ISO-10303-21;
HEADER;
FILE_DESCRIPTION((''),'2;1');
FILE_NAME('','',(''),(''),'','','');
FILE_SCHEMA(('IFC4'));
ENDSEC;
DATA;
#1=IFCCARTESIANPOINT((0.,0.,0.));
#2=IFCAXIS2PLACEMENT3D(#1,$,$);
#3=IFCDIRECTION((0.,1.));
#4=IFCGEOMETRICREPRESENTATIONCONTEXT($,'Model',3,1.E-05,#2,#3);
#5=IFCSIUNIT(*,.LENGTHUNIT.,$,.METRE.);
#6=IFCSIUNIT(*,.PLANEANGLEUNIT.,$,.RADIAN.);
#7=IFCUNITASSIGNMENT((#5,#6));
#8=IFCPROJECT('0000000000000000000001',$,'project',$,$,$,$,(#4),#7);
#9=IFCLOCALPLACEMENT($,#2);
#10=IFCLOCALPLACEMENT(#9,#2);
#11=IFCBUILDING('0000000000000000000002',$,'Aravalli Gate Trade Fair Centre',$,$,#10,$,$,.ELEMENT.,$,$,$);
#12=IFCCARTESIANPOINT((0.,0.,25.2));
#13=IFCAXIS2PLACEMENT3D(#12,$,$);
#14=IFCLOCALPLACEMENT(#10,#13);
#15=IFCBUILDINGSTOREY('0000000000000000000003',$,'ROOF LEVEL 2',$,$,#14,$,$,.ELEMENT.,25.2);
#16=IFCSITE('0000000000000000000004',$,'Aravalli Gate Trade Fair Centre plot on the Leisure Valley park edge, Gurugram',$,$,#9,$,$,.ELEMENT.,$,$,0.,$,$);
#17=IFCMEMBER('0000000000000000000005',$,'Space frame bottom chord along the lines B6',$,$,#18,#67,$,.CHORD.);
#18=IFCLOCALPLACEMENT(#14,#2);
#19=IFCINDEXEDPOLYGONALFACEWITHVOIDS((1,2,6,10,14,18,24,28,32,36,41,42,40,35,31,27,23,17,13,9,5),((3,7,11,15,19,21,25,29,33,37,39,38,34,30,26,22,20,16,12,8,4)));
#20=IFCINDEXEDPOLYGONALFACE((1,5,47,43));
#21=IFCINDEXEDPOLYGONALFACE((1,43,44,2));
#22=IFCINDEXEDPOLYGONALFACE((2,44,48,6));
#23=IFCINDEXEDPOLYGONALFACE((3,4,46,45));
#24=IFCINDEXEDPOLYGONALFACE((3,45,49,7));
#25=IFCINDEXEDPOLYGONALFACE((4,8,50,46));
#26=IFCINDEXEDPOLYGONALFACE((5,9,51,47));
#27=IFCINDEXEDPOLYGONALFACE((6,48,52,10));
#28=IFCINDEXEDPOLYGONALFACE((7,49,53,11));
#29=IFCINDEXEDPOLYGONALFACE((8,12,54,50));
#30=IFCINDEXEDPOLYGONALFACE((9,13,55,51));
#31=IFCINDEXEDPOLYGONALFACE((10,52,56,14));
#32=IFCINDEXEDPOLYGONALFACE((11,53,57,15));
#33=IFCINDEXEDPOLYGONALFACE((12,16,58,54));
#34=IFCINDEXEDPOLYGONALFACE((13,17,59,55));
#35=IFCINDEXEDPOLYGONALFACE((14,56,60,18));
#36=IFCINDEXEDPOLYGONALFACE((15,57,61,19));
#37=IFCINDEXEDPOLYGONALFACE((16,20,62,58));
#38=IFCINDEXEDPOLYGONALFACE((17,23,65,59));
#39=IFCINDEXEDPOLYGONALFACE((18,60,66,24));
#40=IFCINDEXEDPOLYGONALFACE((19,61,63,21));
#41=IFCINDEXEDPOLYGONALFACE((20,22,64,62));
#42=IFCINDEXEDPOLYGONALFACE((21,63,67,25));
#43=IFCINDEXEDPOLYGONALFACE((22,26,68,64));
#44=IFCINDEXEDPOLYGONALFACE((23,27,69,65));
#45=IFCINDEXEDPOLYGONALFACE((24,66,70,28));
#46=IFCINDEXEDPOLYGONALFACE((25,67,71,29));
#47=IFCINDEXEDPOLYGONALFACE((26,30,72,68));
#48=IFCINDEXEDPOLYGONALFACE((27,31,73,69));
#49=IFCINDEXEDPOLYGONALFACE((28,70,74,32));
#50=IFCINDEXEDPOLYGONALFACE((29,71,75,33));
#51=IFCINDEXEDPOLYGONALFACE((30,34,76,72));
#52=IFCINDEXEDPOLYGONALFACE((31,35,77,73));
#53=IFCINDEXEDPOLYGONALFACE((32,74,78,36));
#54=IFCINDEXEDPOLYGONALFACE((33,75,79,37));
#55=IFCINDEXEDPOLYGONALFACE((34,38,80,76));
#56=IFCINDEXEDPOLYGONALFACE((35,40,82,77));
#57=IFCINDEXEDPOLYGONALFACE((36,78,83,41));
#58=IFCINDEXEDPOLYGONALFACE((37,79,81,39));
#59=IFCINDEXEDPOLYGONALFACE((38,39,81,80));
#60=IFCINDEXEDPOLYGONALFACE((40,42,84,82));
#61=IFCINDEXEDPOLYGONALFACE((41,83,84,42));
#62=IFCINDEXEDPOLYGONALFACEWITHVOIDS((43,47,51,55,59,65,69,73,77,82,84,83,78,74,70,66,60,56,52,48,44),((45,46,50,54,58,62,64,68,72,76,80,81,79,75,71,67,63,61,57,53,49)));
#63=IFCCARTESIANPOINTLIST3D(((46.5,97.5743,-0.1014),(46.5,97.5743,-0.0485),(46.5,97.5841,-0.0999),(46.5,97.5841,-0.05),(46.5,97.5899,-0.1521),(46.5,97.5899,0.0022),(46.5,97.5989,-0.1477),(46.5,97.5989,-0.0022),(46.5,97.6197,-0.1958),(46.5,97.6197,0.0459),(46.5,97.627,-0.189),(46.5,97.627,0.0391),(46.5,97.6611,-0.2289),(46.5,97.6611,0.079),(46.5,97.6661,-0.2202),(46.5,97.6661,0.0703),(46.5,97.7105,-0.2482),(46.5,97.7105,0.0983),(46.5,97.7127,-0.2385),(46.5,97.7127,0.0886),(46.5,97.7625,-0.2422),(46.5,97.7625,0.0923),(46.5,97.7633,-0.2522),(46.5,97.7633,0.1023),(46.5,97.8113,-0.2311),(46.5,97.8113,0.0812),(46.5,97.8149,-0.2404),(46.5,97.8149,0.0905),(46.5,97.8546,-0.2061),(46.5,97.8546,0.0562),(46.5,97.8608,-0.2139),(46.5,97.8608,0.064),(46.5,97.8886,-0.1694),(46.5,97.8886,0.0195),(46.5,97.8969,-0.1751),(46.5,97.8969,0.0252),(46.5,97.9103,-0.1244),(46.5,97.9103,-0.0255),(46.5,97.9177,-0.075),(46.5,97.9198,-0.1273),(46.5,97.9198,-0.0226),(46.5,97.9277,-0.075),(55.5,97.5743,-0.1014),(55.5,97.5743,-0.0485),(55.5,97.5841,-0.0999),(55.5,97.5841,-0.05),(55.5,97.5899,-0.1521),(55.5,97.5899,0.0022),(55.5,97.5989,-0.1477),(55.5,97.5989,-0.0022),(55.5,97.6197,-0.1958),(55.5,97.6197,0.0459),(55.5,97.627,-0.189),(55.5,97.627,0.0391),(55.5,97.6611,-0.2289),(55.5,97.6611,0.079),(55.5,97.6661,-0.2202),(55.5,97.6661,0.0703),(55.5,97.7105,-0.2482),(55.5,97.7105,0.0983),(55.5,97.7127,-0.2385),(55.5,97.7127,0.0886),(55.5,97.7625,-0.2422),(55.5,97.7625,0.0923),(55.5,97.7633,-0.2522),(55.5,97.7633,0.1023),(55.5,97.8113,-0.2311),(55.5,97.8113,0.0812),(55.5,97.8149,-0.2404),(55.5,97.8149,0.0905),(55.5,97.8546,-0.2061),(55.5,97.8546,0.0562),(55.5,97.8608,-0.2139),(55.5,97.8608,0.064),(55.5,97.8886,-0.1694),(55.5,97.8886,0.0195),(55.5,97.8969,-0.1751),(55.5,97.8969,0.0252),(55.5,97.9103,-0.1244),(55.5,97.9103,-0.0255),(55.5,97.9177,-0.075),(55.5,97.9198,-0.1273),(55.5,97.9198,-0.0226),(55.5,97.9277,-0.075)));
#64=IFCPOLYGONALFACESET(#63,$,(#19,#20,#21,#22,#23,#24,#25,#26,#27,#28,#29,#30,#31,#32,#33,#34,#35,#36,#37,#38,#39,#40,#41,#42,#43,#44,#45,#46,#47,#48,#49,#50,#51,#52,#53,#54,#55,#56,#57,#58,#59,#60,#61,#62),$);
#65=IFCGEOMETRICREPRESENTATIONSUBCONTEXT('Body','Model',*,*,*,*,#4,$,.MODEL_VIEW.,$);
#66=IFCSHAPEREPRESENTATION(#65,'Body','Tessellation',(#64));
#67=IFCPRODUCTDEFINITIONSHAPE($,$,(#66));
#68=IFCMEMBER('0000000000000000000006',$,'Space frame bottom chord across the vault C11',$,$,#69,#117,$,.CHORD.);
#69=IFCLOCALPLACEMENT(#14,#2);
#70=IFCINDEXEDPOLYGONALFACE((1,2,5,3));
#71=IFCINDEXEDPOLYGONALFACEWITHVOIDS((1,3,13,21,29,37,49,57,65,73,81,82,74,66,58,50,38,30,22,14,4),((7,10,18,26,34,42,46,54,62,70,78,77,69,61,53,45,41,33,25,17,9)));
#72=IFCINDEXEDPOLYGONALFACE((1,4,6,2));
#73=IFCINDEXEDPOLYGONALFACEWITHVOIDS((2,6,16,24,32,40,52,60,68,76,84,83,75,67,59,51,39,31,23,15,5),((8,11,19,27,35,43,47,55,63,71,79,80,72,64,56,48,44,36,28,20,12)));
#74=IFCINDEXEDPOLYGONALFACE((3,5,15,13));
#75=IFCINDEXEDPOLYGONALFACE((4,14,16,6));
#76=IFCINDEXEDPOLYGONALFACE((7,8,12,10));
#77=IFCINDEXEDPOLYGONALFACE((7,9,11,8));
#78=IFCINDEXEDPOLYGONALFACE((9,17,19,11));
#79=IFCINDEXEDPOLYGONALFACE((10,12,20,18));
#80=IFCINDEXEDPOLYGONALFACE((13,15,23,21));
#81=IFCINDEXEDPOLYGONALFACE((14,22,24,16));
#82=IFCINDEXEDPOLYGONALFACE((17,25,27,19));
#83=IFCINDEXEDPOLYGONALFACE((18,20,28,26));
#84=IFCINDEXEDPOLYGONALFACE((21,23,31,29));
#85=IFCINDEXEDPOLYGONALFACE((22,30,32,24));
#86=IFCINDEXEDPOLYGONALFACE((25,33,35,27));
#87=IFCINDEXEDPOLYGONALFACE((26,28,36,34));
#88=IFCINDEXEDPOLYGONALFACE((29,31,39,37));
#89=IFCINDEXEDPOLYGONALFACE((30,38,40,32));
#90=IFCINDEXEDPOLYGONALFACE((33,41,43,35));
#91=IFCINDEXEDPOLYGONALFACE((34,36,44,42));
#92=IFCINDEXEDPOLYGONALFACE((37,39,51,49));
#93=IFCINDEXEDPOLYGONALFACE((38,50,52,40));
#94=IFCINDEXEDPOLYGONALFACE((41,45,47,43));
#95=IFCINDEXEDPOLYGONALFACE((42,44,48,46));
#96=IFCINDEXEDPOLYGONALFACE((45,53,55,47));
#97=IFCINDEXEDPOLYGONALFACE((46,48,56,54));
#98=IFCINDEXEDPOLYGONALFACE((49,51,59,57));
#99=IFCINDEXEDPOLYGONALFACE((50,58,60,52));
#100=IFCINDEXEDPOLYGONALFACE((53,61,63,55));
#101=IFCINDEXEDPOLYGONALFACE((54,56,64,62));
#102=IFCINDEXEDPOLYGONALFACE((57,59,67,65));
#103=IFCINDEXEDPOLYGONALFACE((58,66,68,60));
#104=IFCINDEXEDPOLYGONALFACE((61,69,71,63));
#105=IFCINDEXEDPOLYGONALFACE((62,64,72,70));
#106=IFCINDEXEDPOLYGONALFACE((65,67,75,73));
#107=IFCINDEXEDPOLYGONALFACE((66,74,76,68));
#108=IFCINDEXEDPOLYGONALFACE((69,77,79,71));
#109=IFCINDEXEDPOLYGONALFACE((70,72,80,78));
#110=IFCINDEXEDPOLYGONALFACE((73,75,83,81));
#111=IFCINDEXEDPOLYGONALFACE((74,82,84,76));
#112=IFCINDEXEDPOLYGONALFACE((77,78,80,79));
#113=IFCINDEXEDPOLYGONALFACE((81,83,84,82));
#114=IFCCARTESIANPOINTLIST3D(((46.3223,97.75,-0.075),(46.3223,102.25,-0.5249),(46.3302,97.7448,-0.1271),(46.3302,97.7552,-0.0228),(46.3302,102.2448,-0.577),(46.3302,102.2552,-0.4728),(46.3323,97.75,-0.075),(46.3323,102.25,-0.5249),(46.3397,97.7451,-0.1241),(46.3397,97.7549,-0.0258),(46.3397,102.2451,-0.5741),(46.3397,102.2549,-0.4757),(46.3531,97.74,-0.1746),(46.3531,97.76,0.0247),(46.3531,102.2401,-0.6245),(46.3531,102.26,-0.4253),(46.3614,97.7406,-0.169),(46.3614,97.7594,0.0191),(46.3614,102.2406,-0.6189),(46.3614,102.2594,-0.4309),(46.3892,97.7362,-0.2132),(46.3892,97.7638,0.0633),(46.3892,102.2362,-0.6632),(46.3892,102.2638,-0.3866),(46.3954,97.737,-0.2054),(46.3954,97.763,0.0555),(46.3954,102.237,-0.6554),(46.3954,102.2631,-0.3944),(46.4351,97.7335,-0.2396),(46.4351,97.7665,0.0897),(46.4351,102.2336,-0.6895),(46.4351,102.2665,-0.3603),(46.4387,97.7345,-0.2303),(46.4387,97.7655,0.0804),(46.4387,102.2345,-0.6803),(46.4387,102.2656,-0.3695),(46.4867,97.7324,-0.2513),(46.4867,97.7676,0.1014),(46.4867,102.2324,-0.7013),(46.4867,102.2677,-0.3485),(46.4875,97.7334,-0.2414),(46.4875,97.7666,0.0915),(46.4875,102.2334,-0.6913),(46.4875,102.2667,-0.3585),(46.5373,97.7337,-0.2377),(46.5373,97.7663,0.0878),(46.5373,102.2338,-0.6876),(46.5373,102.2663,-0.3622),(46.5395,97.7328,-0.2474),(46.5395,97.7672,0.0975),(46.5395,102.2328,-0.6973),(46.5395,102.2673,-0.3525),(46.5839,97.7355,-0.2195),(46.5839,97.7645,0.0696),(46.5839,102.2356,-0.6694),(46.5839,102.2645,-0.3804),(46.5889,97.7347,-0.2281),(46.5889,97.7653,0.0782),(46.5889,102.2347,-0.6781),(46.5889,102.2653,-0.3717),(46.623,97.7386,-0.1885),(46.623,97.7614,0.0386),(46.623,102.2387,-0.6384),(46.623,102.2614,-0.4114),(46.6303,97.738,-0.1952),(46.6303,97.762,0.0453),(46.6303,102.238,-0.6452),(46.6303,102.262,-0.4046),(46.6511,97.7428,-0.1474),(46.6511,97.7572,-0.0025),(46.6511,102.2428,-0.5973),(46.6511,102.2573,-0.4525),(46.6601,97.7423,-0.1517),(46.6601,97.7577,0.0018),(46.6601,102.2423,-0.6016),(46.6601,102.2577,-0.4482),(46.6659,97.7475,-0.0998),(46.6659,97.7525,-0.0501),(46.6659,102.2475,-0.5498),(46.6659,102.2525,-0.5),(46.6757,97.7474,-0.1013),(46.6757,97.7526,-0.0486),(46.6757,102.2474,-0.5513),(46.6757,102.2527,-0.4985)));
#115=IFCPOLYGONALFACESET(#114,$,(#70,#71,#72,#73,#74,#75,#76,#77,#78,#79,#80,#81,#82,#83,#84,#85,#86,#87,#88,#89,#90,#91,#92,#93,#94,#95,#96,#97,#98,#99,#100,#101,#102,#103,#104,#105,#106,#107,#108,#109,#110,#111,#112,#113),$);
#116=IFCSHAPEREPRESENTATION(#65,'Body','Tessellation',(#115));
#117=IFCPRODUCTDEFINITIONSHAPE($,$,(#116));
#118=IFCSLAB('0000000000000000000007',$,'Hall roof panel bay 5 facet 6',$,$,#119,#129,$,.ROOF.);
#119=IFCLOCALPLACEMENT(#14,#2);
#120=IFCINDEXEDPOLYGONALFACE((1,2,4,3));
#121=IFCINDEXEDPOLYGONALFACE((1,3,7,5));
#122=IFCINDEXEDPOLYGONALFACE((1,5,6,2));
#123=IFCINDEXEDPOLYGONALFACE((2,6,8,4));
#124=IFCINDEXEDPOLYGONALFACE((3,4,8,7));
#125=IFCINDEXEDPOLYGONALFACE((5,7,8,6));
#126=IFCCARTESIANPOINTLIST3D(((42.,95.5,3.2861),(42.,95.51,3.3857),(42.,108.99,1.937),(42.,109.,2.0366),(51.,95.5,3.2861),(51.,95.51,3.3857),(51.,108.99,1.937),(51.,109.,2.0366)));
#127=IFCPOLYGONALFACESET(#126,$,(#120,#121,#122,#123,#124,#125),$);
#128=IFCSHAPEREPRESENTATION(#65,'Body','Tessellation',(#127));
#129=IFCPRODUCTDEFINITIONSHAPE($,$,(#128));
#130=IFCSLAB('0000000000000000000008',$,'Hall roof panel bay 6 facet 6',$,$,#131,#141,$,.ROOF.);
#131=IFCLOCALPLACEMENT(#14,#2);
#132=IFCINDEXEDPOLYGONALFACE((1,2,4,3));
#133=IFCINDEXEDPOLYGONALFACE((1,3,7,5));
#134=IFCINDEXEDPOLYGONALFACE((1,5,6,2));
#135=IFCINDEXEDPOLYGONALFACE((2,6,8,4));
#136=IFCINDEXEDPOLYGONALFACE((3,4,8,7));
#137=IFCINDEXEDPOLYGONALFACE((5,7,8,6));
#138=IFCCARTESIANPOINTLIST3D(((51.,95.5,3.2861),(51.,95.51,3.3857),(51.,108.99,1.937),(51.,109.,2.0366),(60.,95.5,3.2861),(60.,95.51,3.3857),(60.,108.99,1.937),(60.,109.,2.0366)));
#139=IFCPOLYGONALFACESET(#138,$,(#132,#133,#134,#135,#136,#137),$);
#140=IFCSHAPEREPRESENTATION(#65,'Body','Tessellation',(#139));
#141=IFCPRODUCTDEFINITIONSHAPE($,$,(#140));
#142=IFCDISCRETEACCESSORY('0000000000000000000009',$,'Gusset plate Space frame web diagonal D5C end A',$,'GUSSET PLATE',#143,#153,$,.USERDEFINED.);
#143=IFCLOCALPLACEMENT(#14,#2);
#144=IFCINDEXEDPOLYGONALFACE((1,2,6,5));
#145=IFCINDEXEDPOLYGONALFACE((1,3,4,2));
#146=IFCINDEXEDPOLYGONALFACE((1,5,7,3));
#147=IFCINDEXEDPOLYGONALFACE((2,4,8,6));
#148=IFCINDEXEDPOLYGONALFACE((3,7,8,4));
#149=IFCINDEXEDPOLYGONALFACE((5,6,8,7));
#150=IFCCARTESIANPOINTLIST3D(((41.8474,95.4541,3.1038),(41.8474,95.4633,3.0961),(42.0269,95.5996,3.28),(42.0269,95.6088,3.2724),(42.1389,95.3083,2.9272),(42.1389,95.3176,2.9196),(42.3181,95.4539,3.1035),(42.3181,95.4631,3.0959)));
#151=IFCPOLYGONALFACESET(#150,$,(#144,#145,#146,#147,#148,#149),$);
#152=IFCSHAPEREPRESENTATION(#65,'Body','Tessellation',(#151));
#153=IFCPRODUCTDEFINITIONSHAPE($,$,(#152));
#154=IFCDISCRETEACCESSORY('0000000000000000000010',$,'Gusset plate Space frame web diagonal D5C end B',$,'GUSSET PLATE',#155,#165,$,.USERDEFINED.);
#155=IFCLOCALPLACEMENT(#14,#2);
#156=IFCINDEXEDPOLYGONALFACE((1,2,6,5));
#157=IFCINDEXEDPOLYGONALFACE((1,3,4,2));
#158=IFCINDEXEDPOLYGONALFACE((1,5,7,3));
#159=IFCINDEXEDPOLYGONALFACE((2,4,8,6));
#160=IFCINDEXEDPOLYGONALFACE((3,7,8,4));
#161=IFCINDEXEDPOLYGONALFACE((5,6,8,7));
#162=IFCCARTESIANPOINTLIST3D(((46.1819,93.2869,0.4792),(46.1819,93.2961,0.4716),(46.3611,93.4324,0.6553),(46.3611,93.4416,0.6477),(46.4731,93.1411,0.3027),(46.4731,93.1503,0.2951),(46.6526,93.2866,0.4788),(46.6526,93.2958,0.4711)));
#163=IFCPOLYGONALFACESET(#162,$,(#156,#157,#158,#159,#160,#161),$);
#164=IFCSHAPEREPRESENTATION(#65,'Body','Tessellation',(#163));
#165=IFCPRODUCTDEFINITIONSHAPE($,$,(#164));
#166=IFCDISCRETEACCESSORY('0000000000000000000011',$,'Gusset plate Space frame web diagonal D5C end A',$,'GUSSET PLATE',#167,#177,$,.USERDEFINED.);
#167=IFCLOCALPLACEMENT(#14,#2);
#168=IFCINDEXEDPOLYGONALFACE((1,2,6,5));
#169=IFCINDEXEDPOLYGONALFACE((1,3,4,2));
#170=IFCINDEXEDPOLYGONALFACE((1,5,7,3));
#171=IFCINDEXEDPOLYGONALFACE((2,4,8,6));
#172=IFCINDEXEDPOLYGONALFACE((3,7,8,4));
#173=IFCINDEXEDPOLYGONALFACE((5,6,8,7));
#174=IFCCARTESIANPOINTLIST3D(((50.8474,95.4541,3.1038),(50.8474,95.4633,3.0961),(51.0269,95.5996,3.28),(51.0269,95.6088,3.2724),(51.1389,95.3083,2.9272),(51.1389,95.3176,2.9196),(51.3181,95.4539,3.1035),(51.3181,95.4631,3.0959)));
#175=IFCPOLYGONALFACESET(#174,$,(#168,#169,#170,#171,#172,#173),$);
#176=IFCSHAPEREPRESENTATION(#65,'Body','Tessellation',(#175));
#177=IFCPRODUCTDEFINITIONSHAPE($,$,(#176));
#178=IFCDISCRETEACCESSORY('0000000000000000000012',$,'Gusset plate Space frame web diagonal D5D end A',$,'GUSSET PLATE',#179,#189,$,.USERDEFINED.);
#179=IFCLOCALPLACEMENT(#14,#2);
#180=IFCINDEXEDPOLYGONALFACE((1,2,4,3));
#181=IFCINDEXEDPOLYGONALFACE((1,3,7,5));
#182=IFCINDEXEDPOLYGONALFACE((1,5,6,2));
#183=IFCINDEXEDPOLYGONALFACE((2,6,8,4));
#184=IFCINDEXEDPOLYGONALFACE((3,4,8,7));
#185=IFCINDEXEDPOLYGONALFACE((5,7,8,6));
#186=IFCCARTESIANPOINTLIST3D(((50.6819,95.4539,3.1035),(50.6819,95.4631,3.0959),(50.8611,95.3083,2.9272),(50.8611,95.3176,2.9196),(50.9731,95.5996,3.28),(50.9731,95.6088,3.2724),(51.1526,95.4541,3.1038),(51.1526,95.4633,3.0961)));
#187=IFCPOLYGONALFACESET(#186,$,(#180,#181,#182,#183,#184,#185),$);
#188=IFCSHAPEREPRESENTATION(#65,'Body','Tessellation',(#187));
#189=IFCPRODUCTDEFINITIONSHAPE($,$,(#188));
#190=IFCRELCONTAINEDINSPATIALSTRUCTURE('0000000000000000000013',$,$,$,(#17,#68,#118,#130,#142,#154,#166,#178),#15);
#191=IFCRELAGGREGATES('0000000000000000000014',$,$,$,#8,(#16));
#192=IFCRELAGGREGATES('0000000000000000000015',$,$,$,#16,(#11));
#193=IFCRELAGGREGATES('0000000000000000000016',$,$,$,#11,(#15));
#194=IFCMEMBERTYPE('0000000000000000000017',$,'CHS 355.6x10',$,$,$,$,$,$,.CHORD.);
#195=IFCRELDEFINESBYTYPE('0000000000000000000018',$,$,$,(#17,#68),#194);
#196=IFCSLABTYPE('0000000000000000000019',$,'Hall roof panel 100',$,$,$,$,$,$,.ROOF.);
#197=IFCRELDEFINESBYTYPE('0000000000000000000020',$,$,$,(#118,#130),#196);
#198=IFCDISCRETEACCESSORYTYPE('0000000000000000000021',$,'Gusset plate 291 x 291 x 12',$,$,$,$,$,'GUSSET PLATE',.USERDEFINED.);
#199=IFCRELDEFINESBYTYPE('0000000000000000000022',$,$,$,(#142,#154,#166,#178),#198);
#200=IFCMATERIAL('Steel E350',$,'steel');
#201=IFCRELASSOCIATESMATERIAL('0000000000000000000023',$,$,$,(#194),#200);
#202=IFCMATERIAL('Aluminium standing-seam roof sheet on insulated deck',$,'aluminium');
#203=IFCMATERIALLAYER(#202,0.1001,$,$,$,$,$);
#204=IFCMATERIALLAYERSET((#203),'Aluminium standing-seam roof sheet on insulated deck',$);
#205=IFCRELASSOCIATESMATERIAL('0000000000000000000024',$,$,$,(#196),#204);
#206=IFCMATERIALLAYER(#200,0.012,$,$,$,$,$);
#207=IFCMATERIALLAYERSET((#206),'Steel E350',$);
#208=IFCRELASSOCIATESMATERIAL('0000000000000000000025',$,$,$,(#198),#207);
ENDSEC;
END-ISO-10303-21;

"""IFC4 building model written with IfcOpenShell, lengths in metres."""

from ifc_helpers import new_model, si_unit, direction, frame, origin, origin_2d, place, context, subcontext, project, spatial, polyline, hollow_circle, outline, extrude, material, layer, layer_set, material_profile, profile_set, type_object, element, save


model = new_model("IFC4")

# Units and contexts
model_context = context("Model", 3, precision=1e-05, world=origin(), true_north=direction((0.0, 1.0)))
body_context = subcontext(model_context, "Body", "Model", "MODEL_VIEW")
ifc_project = project(units=[si_unit("LENGTHUNIT", "METRE"), si_unit("PLANEANGLEUNIT", "RADIAN")], contexts=[model_context])

# Site, building, storey
site_placement = place(None, origin())
site = spatial("IfcSite", under=ifc_project, at=site_placement, Name="Aravalli Gate Trade Fair Centre plot on the Leisure Valley park edge, Gurugram", CompositionType="ELEMENT", RefElevation=0.0)
building_placement = place(site_placement, origin())
building = spatial("IfcBuilding", under=site, at=building_placement, Name="Aravalli Gate Trade Fair Centre", CompositionType="ELEMENT")
storey_placement = place(building_placement, frame((0.0, 0.0, 25.2)))
storey = spatial("IfcBuildingStorey", under=building, at=storey_placement, Name="ROOF LEVEL 2", CompositionType="ELEMENT", Elevation=25.2)

# Members
ifc_material_1 = material(Name="Steel E350", Category="steel")
ifc_material_profile_1 = material_profile(ifc_material_1, hollow_circle(Radius=0.1777, WallThickness=0.01, at=origin_2d()), Name="CHS 355.6x10")
ifc_profile_set_1 = profile_set([ifc_material_profile_1], Name="Steel E350")
member_type_1 = type_object("IfcMemberType", Name="CHS 355.6x10", PredefinedType="CHORD", material=ifc_profile_set_1)
member_1_placement = place(storey_placement, frame((46.5, 97.75, -0.075), z_axis=(1.0, 0.0, 0.0), x_axis=(0.0, 1.0, 0.0)))
element("IfcMember", 1, at=member_1_placement, inside=storey, type_object=member_type_1, Name="Space frame bottom chord along the lines B6", PredefinedType="CHORD", context=body_context, shape_type="SweptSolid", body=[
    extrude(hollow_circle(Radius=0.1777, WallThickness=0.01, at=origin_2d()), origin(), (0.0, 0.0, 1.0), 9.0),
])
member_2_placement = place(storey_placement, frame((46.5, 97.75, -0.075), z_axis=(0.0, 0.995038, -0.099493), x_axis=(-1.0, 0.0, 0.0)))
element("IfcMember", 2, at=member_2_placement, inside=storey, type_object=member_type_1, Name="Space frame bottom chord across the vault C11", PredefinedType="CHORD", context=body_context, shape_type="SweptSolid", body=[
    extrude(hollow_circle(Radius=0.1777, WallThickness=0.01, at=origin_2d()), origin(), (0.0, 0.0, 1.0), 4.5225),
])

# Slabs
ifc_material_2 = material(Name="Aluminium standing-seam roof sheet on insulated deck", Category="aluminium")
ifc_layer_1 = layer(ifc_material_2, 0.1001)
ifc_layer_set_1 = layer_set([ifc_layer_1], Name="Aluminium standing-seam roof sheet on insulated deck")
slab_type = type_object("IfcSlabType", Name="Hall roof panel 100", PredefinedType="ROOF", material=ifc_layer_set_1)
for number, where, z_axis, x_axis, name in (
    (3, (42.0, 95.51, 3.3857), (0.0, 0.099513, 0.995036), (1.0, 0.0, 0.0), "Hall roof panel bay 5 facet 6"),
    (4, (51.0, 95.51, 3.3857), (0.0, 0.099513, 0.995036), (1.0, 0.0, 0.0), "Hall roof panel bay 6 facet 6"),
):
    element("IfcSlab", number, at=place(storey_placement, frame(where, z_axis=z_axis, x_axis=x_axis)), inside=storey, type_object=slab_type, Name=name, PredefinedType="ROOF", context=body_context, shape_type="SweptSolid", body=[
        extrude(outline(polyline([(0.0, 0.0), (9.0, 0.0), (9.0, 13.5573), (0.0, 13.5573), (0.0, 0.0)])), origin(), (0.0, 0.0, -1.0), 0.1001),
    ])

# Discrete accessories
ifc_layer_2 = layer(ifc_material_1, 0.012)
ifc_layer_set_2 = layer_set([ifc_layer_2], Name="Steel E350")
discrete_accessory_type_1 = type_object("IfcDiscreteAccessoryType", Name="Gusset plate 291 x 291 x 12", ElementType="GUSSET PLATE", PredefinedType="USERDEFINED", material=ifc_layer_set_2)
discrete_accessory_1_placement = place(storey_placement, frame((42.1389, 95.3083, 2.9272), z_axis=(-0.00007, -0.771155, 0.636648), x_axis=(-0.786484, 0.393242, 0.476238)))
element("IfcDiscreteAccessory", 5, at=discrete_accessory_1_placement, inside=storey, type_object=discrete_accessory_type_1, Name="Gusset plate Space frame web diagonal D5C end A", ObjectType="GUSSET PLATE", PredefinedType="USERDEFINED", context=body_context, shape_type="SweptSolid", body=[
    extrude(outline(polyline([(0.0, 0.0), (0.3706, 0.0), (0.3707, -0.2906), (0.0002, -0.2904), (0.0, 0.0)])), origin(), (0.0, 0.0, -1.0), 0.012),
])
discrete_accessory_2_placement = place(storey_placement, frame((46.1819, 93.2869, 0.4792), z_axis=(0.000261, -0.770887, 0.636972), x_axis=(0.786233, -0.393446, -0.476485)))
element("IfcDiscreteAccessory", 6, at=discrete_accessory_2_placement, inside=storey, type_object=discrete_accessory_type_1, Name="Gusset plate Space frame web diagonal D5C end B", ObjectType="GUSSET PLATE", PredefinedType="USERDEFINED", context=body_context, shape_type="SweptSolid", body=[
    extrude(outline(polyline([(0.0, 0.0), (0.3704, 0.0), (0.3704, 0.2904), (-0.0002, 0.2903), (0.0, 0.0)])), origin(), (0.0, 0.0, -1.0), 0.012),
])
discrete_accessory_3_placement = place(storey_placement, frame((51.1389, 95.3083, 2.9272), z_axis=(-0.00007, -0.771155, 0.636648), x_axis=(-0.786484, 0.393242, 0.476238)))
element("IfcDiscreteAccessory", 7, at=discrete_accessory_3_placement, inside=storey, type_object=discrete_accessory_type_1, Name="Gusset plate Space frame web diagonal D5C end A", ObjectType="GUSSET PLATE", PredefinedType="USERDEFINED", context=body_context, shape_type="SweptSolid", body=[
    extrude(outline(polyline([(0.0, 0.0), (0.3706, 0.0), (0.3707, -0.2906), (0.0002, -0.2904), (0.0, 0.0)])), origin(), (0.0, 0.0, -1.0), 0.012),
])
discrete_accessory_4_placement = place(storey_placement, frame((50.6819, 95.4539, 3.1035), z_axis=(0.00007, -0.771155, 0.636648), x_axis=(0.786233, 0.393446, 0.476485)))
element("IfcDiscreteAccessory", 8, at=discrete_accessory_4_placement, inside=storey, type_object=discrete_accessory_type_1, Name="Gusset plate Space frame web diagonal D5D end A", ObjectType="GUSSET PLATE", PredefinedType="USERDEFINED", context=body_context, shape_type="SweptSolid", body=[
    extrude(outline(polyline([(0.0, 0.0), (0.3704, 0.0), (0.3703, -0.2906), (-0.0003, -0.2904), (0.0, 0.0)])), origin(), (0.0, 0.0, -1.0), 0.012),
])

save(model, "model.ifc")
